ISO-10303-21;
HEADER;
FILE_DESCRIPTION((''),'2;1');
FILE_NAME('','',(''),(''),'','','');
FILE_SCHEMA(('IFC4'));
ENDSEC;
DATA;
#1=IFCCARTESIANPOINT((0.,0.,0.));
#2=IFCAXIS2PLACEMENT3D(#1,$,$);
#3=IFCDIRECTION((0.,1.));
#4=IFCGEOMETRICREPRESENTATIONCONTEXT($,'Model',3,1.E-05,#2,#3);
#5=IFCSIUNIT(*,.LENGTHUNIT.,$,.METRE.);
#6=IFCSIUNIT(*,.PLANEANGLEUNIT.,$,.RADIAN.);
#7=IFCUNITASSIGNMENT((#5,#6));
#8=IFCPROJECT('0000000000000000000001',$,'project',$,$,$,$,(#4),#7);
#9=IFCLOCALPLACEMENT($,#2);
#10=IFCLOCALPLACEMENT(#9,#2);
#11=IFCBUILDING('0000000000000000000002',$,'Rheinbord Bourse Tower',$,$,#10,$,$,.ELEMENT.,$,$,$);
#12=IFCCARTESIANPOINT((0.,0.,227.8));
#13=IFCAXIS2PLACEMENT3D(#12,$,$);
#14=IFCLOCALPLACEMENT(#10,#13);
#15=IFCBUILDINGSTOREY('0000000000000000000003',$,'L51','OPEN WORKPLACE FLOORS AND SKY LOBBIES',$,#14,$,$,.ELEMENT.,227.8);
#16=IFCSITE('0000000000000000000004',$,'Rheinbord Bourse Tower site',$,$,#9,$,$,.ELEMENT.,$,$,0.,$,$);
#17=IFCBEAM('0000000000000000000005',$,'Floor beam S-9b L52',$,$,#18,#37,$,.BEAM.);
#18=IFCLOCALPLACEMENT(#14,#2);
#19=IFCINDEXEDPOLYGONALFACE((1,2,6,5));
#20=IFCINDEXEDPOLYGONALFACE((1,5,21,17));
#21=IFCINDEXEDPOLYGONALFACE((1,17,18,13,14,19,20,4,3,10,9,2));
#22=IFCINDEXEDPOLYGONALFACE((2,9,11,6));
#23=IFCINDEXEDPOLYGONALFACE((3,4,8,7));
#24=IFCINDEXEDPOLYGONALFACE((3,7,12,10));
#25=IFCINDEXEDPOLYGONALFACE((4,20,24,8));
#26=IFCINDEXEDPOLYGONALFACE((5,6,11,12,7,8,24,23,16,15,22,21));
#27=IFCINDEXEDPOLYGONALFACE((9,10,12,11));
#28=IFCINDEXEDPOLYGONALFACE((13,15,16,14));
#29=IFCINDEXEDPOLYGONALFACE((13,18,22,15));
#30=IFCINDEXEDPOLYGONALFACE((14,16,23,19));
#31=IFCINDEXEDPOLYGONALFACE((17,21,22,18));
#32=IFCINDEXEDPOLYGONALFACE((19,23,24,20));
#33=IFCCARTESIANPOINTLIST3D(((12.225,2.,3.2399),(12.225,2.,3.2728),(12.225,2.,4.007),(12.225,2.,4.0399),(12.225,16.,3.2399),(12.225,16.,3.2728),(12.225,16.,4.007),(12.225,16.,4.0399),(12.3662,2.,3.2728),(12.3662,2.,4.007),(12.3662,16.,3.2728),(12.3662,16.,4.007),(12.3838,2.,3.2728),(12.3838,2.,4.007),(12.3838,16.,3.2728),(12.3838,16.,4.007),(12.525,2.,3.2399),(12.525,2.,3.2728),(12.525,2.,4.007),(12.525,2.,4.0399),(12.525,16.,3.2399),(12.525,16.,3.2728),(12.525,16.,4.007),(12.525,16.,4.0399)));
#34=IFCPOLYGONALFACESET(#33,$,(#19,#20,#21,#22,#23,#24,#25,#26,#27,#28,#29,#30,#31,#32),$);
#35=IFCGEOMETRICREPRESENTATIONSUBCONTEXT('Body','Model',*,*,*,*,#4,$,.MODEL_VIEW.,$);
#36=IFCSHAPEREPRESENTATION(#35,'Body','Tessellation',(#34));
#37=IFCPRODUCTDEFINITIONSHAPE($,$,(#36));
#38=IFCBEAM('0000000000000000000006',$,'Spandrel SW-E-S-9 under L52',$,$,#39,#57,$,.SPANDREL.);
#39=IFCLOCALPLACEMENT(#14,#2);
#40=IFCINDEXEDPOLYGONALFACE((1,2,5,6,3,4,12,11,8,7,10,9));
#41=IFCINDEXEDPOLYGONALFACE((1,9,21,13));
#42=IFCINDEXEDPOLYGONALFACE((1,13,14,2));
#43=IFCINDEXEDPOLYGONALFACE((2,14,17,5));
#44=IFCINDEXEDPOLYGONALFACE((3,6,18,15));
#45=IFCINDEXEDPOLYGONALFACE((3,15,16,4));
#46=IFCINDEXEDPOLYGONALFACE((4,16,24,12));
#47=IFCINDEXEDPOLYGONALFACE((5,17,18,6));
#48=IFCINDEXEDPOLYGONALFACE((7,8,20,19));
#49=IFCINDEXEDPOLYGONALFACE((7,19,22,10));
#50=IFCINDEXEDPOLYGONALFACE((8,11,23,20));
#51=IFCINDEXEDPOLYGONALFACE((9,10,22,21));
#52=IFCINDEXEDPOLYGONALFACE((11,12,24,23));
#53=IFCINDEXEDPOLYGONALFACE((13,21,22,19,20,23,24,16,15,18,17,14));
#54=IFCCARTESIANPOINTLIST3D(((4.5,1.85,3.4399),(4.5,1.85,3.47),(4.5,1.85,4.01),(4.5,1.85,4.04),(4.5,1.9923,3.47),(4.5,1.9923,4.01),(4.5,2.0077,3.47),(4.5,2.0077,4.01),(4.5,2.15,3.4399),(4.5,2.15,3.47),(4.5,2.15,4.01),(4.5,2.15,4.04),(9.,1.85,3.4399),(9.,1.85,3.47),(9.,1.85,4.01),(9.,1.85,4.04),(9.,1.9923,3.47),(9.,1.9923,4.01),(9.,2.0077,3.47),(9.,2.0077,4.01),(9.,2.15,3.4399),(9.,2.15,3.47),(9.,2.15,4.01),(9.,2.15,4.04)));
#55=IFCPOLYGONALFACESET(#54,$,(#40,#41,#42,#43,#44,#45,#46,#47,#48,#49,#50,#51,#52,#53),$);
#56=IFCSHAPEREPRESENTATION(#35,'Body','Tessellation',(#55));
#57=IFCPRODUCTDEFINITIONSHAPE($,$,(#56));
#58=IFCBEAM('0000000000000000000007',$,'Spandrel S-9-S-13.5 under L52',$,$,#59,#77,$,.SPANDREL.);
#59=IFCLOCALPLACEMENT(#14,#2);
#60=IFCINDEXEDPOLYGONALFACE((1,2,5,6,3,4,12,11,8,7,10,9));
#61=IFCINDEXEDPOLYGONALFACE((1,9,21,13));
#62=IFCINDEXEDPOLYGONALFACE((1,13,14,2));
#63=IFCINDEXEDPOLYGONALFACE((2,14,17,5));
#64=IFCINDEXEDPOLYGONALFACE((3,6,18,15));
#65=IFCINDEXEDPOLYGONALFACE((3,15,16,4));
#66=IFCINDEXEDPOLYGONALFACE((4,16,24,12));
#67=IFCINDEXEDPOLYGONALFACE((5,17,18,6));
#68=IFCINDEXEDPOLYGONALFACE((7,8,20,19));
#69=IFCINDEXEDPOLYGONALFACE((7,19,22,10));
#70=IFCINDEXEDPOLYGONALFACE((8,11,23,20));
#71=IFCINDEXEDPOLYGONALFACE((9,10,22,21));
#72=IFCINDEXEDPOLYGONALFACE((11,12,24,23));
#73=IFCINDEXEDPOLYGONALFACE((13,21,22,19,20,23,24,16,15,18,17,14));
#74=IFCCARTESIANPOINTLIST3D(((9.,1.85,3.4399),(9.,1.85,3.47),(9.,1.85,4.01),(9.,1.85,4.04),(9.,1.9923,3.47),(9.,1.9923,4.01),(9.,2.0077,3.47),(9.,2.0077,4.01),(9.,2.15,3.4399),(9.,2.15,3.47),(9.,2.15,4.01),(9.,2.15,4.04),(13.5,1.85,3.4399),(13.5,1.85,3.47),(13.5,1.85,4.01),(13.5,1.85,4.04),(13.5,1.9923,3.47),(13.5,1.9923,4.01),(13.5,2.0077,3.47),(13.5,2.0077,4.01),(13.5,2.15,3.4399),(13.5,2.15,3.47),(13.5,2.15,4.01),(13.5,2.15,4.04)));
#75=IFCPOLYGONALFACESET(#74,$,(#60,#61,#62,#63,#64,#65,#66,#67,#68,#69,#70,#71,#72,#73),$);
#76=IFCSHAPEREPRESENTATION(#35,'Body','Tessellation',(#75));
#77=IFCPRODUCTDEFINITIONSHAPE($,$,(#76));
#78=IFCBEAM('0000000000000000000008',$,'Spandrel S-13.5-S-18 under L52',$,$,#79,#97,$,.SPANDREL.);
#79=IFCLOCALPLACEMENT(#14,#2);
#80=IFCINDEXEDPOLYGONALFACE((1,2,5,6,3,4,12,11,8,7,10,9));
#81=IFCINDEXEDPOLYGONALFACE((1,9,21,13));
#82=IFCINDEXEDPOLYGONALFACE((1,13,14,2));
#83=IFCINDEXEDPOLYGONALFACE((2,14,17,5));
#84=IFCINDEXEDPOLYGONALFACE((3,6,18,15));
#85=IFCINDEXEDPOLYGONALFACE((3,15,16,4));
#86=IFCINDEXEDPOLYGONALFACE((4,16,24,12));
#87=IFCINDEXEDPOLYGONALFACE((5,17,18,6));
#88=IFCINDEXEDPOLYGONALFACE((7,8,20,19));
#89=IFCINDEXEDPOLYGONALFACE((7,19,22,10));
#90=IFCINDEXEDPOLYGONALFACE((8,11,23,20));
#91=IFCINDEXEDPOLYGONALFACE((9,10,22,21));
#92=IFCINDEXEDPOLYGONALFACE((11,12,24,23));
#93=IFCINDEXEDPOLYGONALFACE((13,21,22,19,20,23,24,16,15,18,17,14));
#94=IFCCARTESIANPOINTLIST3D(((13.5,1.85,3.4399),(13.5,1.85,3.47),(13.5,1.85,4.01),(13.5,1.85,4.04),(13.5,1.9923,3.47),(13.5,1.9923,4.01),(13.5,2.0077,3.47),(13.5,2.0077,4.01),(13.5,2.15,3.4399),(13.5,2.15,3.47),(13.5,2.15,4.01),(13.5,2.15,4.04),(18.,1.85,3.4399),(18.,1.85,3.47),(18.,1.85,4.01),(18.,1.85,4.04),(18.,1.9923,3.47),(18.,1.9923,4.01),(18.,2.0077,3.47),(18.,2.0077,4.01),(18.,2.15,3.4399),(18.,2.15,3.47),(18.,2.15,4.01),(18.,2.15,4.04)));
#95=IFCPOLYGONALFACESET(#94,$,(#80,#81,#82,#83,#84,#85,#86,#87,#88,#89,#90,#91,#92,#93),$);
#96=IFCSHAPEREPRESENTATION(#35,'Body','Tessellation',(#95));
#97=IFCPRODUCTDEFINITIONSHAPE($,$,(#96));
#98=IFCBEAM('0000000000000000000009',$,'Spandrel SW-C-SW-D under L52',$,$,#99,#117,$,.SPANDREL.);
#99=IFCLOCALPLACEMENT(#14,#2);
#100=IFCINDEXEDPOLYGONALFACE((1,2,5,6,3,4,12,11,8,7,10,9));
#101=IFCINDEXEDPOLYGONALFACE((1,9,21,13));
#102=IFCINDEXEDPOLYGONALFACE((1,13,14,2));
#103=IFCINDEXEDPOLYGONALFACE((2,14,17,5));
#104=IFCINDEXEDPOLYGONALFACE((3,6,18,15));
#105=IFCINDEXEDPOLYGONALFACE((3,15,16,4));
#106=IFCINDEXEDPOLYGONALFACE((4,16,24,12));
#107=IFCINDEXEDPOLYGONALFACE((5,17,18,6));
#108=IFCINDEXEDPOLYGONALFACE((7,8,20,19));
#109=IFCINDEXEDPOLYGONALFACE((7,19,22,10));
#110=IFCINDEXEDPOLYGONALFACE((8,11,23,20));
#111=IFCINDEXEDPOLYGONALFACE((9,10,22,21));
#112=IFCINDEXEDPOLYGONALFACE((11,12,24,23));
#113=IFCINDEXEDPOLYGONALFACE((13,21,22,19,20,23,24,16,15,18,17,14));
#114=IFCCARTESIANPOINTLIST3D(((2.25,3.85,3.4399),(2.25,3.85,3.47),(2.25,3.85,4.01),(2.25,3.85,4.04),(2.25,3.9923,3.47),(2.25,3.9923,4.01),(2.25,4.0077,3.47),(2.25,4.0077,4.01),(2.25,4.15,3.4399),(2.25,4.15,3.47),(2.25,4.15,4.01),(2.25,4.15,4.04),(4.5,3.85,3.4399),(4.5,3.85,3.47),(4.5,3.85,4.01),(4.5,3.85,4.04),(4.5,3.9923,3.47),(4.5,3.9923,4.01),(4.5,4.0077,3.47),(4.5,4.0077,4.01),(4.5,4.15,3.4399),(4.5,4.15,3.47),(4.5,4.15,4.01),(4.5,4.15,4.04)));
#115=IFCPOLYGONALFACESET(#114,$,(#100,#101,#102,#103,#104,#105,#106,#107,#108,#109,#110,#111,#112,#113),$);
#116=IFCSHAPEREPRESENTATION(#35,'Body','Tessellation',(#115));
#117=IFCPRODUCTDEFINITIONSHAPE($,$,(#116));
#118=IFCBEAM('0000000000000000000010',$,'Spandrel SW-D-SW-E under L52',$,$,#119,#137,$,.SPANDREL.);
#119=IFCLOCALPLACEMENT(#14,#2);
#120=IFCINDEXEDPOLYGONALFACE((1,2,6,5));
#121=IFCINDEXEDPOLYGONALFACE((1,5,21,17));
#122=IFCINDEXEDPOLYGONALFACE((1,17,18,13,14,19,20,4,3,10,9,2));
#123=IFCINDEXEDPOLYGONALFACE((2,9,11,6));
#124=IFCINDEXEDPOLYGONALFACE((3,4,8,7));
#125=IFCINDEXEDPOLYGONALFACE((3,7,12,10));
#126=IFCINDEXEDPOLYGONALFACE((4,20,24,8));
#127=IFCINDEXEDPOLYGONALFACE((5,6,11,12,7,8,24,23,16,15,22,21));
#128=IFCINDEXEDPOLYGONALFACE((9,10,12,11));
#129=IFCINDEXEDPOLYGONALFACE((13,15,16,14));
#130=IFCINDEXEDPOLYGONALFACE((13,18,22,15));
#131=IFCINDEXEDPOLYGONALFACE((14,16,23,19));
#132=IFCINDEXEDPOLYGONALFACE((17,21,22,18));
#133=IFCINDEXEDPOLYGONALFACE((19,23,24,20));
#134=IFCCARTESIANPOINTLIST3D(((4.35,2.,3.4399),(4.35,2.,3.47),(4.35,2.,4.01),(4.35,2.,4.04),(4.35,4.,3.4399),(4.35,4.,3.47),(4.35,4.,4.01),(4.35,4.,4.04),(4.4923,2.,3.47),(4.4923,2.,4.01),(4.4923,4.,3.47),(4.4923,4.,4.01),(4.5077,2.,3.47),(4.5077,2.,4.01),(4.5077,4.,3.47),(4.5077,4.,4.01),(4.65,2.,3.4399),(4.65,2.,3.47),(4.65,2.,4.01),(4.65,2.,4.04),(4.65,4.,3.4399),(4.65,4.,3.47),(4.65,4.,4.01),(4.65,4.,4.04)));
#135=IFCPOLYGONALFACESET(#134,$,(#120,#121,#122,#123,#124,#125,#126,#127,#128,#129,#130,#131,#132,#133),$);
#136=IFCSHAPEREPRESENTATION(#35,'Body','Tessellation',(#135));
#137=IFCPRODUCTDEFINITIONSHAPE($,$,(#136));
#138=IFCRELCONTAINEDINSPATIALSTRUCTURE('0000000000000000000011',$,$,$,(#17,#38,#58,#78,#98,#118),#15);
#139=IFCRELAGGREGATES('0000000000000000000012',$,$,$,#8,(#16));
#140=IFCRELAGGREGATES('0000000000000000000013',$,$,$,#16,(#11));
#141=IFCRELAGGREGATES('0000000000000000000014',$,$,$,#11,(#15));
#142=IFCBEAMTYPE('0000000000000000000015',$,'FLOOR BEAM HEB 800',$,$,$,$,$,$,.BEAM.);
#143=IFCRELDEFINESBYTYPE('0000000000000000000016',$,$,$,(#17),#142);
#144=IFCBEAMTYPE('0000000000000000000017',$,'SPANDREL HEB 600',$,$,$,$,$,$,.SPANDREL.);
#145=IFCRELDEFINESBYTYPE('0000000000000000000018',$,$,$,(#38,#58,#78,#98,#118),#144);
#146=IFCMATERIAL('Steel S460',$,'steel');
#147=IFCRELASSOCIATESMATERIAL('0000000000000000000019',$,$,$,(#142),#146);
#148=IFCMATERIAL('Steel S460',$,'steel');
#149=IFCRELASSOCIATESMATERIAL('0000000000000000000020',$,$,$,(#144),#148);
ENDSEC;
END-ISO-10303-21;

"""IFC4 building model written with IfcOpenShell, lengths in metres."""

from ifc_helpers import new_model, si_unit, direction, frame, origin, origin_2d, place, context, subcontext, project, spatial, i_section, extrude, material, material_profile, profile_set, type_object, element, save


model = new_model("IFC4")

# Units and contexts
model_context = context("Model", 3, precision=1e-05, world=origin(), true_north=direction((0.0, 1.0)))
body_context = subcontext(model_context, "Body", "Model", "MODEL_VIEW")
ifc_project = project(units=[si_unit("LENGTHUNIT", "METRE"), si_unit("PLANEANGLEUNIT", "RADIAN")], contexts=[model_context])

# Site, building, storey
site_placement = place(None, origin())
site = spatial("IfcSite", under=ifc_project, at=site_placement, Name="Rheinbord Bourse Tower site", CompositionType="ELEMENT", RefElevation=0.0)
building_placement = place(site_placement, origin())
building = spatial("IfcBuilding", under=site, at=building_placement, Name="Rheinbord Bourse Tower", CompositionType="ELEMENT")
storey_placement = place(building_placement, frame((0.0, 0.0, 227.8)))
storey = spatial("IfcBuildingStorey", under=building, at=storey_placement, Name="L51", Description="OPEN WORKPLACE FLOORS AND SKY LOBBIES", CompositionType="ELEMENT", Elevation=227.8)

# Beams
ifc_material_1 = material(Name="Steel S460", Category="steel")
ifc_material_profile_1 = material_profile(ifc_material_1, i_section(OverallWidth=0.3, OverallDepth=0.8, WebThickness=0.0176, FlangeThickness=0.033, at=origin_2d()), Name="HEB 800")
ifc_profile_set_1 = profile_set([ifc_material_profile_1], Name="Steel S460")
beam_type_1 = type_object("IfcBeamType", Name="FLOOR BEAM HEB 800", PredefinedType="BEAM", material=ifc_profile_set_1)
for number, where, z_axis, x_axis, name in (
    (1, (12.375, 2.0, 3.6399), (0.0, 1.0, 0.0), (-1.0, 0.0, 0.0), "Floor beam S-9b L52"),
):
    element("IfcBeam", number, at=place(storey_placement, frame(where, z_axis=z_axis, x_axis=x_axis)), inside=storey, type_object=beam_type_1, Name=name, PredefinedType="BEAM", context=body_context, shape_type="SweptSolid", body=[
        extrude(i_section(OverallWidth=0.3, OverallDepth=0.8, WebThickness=0.0176, FlangeThickness=0.033, at=origin_2d()), origin(), (0.0, 0.0, 1.0), 14.0),
    ])
ifc_material_2 = material(Name="Steel S460", Category="steel")
ifc_material_profile_2 = material_profile(ifc_material_2, i_section(OverallWidth=0.3, OverallDepth=0.6001, WebThickness=0.0154, FlangeThickness=0.03, at=origin_2d()), Name="HEB 600")
ifc_profile_set_2 = profile_set([ifc_material_profile_2], Name="Steel S460")
beam_type_2 = type_object("IfcBeamType", Name="SPANDREL HEB 600", PredefinedType="SPANDREL", material=ifc_profile_set_2)
for number, where, z_axis, x_axis, name in (
    (2, (4.5, 2.0, 3.74), (1.0, 0.0, 0.0), (0.0, 1.0, 0.0), "Spandrel SW-E-S-9 under L52"),
    (3, (9.0, 2.0, 3.74), (1.0, 0.0, 0.0), (0.0, 1.0, 0.0), "Spandrel S-9-S-13.5 under L52"),
    (4, (13.5, 2.0, 3.74), (1.0, 0.0, 0.0), (0.0, 1.0, 0.0), "Spandrel S-13.5-S-18 under L52"),
):
    element("IfcBeam", number, at=place(storey_placement, frame(where, z_axis=z_axis, x_axis=x_axis)), inside=storey, type_object=beam_type_2, Name=name, PredefinedType="SPANDREL", context=body_context, shape_type="SweptSolid", body=[
        extrude(i_section(OverallWidth=0.3, OverallDepth=0.6001, WebThickness=0.0154, FlangeThickness=0.03, at=origin_2d()), origin(), (0.0, 0.0, 1.0), 4.5),
    ])
beam_1_placement = place(storey_placement, frame((2.25, 4.0, 3.74), z_axis=(1.0, 0.0, 0.0), x_axis=(0.0, 1.0, 0.0)))
element("IfcBeam", 5, at=beam_1_placement, inside=storey, type_object=beam_type_2, Name="Spandrel SW-C-SW-D under L52", PredefinedType="SPANDREL", context=body_context, shape_type="SweptSolid", body=[
    extrude(i_section(OverallWidth=0.3, OverallDepth=0.6001, WebThickness=0.0154, FlangeThickness=0.03, at=origin_2d()), origin(), (0.0, 0.0, 1.0), 2.25),
])
beam_2_placement = place(storey_placement, frame((4.5, 4.0, 3.74), z_axis=(0.0, -1.0, 0.0), x_axis=(1.0, 0.0, 0.0)))
element("IfcBeam", 6, at=beam_2_placement, inside=storey, type_object=beam_type_2, Name="Spandrel SW-D-SW-E under L52", PredefinedType="SPANDREL", context=body_context, shape_type="SweptSolid", body=[
    extrude(i_section(OverallWidth=0.3, OverallDepth=0.6001, WebThickness=0.0154, FlangeThickness=0.03, at=origin_2d()), origin(), (0.0, 0.0, 1.0), 2.0),
])

save(model, "model.ifc")
